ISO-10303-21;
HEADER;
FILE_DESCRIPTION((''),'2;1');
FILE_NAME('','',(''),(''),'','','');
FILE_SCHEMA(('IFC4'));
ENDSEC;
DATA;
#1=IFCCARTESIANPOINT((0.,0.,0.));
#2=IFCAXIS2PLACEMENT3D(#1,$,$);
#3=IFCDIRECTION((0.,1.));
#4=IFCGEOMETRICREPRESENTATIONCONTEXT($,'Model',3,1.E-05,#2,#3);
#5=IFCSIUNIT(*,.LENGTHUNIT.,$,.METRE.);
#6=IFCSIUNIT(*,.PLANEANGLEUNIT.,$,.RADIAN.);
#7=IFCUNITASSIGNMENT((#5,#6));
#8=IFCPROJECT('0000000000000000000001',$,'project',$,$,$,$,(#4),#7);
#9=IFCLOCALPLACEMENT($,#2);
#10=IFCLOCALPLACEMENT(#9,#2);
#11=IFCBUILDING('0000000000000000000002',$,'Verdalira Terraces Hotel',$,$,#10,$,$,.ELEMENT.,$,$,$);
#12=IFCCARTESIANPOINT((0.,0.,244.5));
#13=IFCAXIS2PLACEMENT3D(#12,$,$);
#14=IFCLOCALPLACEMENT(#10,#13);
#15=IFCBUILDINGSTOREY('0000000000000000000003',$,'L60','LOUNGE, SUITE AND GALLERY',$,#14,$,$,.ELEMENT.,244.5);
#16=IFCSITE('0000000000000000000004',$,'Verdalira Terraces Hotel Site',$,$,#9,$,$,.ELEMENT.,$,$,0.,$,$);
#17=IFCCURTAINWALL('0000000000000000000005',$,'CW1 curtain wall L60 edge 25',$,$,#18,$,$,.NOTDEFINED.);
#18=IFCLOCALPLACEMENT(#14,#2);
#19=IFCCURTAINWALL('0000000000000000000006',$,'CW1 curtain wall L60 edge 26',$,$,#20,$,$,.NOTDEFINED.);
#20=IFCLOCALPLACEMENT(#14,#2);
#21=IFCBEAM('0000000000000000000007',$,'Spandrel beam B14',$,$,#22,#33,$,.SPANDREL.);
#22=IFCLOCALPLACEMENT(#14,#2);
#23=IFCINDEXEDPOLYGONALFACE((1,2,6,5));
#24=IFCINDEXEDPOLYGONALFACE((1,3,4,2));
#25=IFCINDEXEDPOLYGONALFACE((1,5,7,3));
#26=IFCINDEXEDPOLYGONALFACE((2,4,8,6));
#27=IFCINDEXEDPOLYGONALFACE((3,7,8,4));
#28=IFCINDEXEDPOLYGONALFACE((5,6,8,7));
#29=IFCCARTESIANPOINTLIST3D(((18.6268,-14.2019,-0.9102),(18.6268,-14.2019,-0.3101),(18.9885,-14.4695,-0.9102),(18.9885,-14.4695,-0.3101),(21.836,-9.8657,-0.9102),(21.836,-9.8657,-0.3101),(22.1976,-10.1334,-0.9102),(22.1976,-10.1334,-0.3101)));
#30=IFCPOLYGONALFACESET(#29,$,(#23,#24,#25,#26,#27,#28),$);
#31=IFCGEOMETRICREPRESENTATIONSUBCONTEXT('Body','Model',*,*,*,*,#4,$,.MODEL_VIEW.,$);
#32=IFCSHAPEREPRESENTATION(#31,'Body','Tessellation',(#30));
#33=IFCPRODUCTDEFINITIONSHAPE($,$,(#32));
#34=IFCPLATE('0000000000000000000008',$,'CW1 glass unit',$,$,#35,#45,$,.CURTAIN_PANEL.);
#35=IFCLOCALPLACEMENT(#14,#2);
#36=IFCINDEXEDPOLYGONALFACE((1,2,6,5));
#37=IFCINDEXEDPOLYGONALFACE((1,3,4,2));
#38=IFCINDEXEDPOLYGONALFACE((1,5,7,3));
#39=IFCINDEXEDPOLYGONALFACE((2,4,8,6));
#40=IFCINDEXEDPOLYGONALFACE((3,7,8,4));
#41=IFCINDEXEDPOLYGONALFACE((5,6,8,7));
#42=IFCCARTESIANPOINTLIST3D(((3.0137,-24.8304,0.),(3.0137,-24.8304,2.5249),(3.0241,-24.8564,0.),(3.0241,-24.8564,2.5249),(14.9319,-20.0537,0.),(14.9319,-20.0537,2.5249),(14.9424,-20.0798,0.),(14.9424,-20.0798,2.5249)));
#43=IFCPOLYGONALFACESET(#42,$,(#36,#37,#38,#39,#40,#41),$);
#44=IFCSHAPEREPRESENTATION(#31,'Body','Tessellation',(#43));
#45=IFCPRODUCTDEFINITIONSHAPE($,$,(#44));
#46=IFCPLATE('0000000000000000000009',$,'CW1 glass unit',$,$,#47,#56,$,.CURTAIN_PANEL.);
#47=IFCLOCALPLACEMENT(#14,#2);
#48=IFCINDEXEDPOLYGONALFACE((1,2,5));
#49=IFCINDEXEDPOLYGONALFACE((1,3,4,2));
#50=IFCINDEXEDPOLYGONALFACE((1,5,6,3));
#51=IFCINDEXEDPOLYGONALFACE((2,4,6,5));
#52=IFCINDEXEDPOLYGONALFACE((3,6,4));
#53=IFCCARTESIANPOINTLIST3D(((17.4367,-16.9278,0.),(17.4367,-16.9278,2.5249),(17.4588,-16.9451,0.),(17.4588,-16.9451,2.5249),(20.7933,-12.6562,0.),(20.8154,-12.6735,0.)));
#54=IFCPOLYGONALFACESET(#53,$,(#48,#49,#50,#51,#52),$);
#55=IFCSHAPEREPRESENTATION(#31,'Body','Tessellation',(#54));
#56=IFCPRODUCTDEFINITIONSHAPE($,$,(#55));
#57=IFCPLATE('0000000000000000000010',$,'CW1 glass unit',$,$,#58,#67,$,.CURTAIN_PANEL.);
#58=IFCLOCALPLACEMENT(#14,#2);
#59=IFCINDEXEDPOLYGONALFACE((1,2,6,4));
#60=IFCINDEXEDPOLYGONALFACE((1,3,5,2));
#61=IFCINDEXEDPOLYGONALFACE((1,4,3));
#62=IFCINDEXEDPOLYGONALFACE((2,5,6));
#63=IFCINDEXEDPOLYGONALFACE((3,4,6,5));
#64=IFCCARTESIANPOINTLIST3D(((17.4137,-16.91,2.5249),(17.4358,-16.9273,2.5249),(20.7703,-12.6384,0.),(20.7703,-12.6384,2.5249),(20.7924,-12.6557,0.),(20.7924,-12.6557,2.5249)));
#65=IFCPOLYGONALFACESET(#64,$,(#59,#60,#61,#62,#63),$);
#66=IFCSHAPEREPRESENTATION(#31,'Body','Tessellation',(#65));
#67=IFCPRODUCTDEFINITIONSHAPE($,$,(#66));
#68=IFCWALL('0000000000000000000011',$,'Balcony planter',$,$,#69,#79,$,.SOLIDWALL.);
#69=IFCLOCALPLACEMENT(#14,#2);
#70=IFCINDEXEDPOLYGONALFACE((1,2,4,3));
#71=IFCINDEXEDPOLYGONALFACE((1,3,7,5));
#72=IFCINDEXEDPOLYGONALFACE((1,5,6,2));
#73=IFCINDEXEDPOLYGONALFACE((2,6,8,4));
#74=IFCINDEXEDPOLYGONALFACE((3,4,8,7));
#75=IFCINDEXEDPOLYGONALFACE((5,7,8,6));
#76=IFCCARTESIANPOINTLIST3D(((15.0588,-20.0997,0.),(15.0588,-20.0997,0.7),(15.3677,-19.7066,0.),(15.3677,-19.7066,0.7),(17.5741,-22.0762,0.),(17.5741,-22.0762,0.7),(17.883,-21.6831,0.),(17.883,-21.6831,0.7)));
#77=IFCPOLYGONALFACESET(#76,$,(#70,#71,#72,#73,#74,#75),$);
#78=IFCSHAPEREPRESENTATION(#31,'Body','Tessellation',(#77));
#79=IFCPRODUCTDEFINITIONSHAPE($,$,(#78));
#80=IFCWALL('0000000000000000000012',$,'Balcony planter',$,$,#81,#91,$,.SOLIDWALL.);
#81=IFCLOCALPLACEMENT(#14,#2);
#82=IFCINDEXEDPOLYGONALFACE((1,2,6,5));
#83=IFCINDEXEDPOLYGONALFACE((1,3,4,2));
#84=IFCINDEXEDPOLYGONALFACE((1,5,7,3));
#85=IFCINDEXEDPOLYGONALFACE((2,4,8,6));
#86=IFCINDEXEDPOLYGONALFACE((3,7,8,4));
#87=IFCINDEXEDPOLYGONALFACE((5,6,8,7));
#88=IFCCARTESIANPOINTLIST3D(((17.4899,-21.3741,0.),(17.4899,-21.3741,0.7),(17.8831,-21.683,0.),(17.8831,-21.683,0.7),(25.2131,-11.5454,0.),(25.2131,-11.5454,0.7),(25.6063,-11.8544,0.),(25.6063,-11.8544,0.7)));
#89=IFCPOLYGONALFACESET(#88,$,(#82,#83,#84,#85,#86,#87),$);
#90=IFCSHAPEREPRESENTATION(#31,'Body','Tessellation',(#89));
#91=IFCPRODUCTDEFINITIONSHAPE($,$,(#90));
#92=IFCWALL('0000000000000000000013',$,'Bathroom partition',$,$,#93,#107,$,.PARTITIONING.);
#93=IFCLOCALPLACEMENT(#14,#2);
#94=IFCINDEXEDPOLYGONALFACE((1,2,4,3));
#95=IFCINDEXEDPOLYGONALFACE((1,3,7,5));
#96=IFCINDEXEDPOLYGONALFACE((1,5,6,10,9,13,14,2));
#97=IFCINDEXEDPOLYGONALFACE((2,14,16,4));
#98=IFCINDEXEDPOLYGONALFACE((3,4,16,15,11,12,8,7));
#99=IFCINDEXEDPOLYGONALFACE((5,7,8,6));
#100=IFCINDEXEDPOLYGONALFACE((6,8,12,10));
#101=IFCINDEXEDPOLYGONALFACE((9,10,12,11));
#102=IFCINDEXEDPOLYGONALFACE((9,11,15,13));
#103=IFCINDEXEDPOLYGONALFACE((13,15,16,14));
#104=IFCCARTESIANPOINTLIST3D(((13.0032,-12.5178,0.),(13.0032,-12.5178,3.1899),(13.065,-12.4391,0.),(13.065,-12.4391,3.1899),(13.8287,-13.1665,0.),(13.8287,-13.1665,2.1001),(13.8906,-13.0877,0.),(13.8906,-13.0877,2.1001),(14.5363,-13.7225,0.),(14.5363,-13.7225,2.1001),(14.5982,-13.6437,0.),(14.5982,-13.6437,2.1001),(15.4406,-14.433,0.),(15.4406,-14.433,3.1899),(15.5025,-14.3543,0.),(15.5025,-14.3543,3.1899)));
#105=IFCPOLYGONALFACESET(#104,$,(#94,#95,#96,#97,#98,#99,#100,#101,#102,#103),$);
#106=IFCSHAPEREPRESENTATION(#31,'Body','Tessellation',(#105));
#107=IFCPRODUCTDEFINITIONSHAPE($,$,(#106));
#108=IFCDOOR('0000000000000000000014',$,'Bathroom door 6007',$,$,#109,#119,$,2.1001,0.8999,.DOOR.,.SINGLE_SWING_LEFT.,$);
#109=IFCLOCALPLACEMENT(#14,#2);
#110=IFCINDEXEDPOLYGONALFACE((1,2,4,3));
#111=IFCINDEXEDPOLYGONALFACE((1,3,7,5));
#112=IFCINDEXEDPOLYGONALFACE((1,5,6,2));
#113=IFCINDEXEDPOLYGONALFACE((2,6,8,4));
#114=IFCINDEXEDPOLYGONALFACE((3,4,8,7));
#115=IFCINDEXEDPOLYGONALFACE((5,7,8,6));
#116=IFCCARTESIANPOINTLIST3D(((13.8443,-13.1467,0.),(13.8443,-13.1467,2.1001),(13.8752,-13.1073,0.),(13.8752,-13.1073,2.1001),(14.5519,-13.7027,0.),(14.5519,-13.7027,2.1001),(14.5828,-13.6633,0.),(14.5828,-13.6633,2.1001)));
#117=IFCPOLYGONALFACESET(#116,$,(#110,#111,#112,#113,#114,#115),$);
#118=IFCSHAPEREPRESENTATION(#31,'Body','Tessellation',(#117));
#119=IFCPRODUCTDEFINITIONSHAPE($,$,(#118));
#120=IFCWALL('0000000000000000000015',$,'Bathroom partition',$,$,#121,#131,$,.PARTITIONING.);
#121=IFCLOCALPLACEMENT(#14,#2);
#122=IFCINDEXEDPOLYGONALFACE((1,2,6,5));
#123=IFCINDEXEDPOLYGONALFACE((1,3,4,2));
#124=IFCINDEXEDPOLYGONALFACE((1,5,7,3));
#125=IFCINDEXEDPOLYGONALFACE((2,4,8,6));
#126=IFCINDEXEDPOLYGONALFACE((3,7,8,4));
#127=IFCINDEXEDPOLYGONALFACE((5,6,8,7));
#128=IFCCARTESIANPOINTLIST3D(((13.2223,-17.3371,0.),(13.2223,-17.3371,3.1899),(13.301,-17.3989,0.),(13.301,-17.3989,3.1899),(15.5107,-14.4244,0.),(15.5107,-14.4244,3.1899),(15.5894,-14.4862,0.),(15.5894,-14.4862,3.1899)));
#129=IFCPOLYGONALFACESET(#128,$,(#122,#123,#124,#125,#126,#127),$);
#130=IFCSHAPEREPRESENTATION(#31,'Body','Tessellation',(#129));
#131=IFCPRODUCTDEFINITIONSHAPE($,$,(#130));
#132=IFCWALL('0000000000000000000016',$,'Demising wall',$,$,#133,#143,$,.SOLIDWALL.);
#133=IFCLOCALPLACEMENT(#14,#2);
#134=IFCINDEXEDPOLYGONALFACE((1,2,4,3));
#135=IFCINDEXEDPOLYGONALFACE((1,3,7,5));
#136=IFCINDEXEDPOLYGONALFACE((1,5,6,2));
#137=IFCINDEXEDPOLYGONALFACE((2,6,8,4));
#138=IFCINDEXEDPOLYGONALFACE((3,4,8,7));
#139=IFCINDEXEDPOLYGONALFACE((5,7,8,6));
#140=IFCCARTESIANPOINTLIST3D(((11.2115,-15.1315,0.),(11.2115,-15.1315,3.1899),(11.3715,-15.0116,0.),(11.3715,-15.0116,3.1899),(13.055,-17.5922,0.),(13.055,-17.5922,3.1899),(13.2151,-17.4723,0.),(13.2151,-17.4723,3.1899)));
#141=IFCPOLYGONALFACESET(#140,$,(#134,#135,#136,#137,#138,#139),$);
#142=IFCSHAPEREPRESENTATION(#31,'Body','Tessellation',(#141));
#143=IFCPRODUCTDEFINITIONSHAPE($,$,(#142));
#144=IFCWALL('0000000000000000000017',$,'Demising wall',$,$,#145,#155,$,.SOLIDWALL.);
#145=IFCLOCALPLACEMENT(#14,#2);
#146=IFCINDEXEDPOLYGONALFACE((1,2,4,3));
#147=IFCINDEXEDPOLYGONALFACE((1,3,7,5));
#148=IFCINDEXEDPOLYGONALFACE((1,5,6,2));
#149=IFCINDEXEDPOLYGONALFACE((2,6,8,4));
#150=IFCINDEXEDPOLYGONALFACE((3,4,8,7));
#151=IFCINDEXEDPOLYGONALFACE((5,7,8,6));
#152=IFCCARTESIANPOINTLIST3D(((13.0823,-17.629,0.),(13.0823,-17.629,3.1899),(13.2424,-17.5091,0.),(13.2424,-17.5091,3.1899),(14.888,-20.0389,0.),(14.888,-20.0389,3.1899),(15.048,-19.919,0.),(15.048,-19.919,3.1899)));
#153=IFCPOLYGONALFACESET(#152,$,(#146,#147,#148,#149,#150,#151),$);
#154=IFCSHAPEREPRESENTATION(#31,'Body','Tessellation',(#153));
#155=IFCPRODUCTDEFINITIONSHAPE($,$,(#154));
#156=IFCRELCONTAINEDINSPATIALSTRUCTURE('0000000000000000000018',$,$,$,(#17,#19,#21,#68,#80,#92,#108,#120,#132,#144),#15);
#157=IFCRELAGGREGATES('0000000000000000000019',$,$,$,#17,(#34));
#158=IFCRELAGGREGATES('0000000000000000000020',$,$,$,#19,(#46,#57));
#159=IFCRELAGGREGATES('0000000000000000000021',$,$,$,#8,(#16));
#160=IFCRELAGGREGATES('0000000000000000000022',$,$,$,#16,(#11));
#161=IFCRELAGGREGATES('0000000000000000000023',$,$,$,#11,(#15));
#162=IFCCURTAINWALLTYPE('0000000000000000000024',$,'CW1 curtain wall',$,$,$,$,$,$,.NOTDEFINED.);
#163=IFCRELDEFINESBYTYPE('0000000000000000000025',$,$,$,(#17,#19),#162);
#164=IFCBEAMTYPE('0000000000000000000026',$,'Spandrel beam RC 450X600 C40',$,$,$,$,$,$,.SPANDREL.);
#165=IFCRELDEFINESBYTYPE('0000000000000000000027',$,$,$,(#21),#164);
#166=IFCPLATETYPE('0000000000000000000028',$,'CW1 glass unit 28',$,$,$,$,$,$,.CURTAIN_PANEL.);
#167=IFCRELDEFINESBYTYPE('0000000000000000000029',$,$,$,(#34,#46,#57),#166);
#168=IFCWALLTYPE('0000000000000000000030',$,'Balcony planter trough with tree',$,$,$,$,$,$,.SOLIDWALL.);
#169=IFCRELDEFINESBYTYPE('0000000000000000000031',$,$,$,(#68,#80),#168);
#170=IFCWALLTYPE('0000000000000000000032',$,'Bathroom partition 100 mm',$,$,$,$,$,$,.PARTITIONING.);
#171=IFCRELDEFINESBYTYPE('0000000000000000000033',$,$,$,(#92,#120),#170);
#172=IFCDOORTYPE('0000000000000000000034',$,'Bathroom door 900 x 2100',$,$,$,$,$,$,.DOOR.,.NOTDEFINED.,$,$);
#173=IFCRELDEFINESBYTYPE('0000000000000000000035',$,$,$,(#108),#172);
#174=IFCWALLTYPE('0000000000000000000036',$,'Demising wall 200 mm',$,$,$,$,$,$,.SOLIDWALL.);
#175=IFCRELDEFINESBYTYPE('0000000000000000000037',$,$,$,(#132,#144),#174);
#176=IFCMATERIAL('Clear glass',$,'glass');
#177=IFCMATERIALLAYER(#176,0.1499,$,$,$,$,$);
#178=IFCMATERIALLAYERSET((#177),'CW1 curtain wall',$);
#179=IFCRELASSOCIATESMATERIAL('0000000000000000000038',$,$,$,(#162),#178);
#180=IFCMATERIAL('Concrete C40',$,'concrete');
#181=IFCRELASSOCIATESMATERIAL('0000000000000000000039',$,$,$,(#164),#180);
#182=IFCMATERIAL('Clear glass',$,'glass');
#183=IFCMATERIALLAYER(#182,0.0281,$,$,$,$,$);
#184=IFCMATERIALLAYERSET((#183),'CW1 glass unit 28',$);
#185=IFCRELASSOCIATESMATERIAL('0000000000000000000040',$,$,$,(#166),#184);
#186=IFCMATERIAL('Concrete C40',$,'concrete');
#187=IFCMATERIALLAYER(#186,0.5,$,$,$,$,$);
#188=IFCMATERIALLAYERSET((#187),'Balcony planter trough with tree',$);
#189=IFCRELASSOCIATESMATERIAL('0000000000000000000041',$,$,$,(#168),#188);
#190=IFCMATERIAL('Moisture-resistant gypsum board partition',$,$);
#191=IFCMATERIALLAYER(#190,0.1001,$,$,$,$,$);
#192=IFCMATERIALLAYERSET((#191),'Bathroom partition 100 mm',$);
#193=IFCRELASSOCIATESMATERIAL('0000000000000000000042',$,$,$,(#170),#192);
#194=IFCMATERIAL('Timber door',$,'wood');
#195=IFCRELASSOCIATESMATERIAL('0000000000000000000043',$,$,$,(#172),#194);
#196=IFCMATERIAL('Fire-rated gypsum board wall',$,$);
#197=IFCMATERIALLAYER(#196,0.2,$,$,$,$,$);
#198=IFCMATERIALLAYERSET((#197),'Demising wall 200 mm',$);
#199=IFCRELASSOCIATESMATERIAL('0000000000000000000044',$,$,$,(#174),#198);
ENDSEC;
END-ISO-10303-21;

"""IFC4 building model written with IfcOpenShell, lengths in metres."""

from ifc_helpers import new_model, si_unit, direction, frame, frame_2d, origin, origin_2d, place, context, subcontext, project, spatial, polyline, rectangle, outline, extrude, material, layer, layer_set, material_profile, profile_set, type_object, element, fill, aggregate, save


model = new_model("IFC4")

# Units and contexts
model_context = context("Model", 3, precision=1e-05, world=origin(), true_north=direction((0.0, 1.0)))
body_context = subcontext(model_context, "Body", "Model", "MODEL_VIEW")
ifc_project = project(units=[si_unit("LENGTHUNIT", "METRE"), si_unit("PLANEANGLEUNIT", "RADIAN")], contexts=[model_context])

# Site, building, storey
site_placement = place(None, origin())
site = spatial("IfcSite", under=ifc_project, at=site_placement, Name="Verdalira Terraces Hotel Site", CompositionType="ELEMENT", RefElevation=0.0)
building_placement = place(site_placement, origin())
building = spatial("IfcBuilding", under=site, at=building_placement, Name="Verdalira Terraces Hotel", CompositionType="ELEMENT")
storey_placement = place(building_placement, frame((0.0, 0.0, 244.5)))
storey = spatial("IfcBuildingStorey", under=building, at=storey_placement, Name="L60", Description="LOUNGE, SUITE AND GALLERY", CompositionType="ELEMENT", Elevation=244.5)

# Curtain wall
ifc_material_1 = material(Name="Clear glass", Category="glass")
ifc_layer_1 = layer(ifc_material_1, 0.1499)
ifc_layer_set_1 = layer_set([ifc_layer_1], Name="CW1 curtain wall")
curtain_wall_type = type_object("IfcCurtainWallType", Name="CW1 curtain wall", PredefinedType="NOTDEFINED", material=ifc_layer_set_1)
curtain_wall_1_placement = place(storey_placement, origin())
curtain_wall_1 = element("IfcCurtainWall", 1, at=curtain_wall_1_placement, inside=storey, type_object=curtain_wall_type, Name="CW1 curtain wall L60 edge 25", PredefinedType="NOTDEFINED")

# Curtain wall
curtain_wall_2_placement = place(storey_placement, origin())
curtain_wall_2 = element("IfcCurtainWall", 2, at=curtain_wall_2_placement, inside=storey, type_object=curtain_wall_type, Name="CW1 curtain wall L60 edge 26", PredefinedType="NOTDEFINED")

# Beam
ifc_material_2 = material(Name="Concrete C40", Category="concrete")
ifc_material_profile_1 = material_profile(ifc_material_2, rectangle(XDim=0.45, YDim=0.6001, at=origin_2d()), Name="RC 450X600")
ifc_profile_set_1 = profile_set([ifc_material_profile_1], Name="Concrete C40")
beam_type_1 = type_object("IfcBeamType", Name="Spandrel beam RC 450X600 C40", PredefinedType="SPANDREL", material=ifc_profile_set_1)
beam_1_placement = place(storey_placement, frame((18.8076, -14.3357, -0.6101), z_axis=(0.594897, 0.803802, 0.0), x_axis=(-0.803802, 0.594897, 0.0)))
element("IfcBeam", 3, at=beam_1_placement, inside=storey, type_object=beam_type_1, Name="Spandrel beam B14", PredefinedType="SPANDREL", context=body_context, shape_type="SweptSolid", body=[
    extrude(rectangle(XDim=0.45, YDim=0.6001, at=origin_2d()), origin(), (0.0, 0.0, 1.0), 5.3945),
])

# Plates
ifc_material_3 = material(Name="Clear glass", Category="glass")
ifc_layer_2 = layer(ifc_material_3, 0.0281)
ifc_layer_set_2 = layer_set([ifc_layer_2], Name="CW1 glass unit 28")
plate_type = type_object("IfcPlateType", Name="CW1 glass unit 28", PredefinedType="CURTAIN_PANEL", material=ifc_layer_set_2)
plate_1_placement = place(storey_placement, frame((8.978, -22.4551, 0.0), z_axis=(0.0, 0.0, 1.0), x_axis=(0.928226, 0.372016, 0.0)))
plate_1 = element("IfcPlate", 4, at=plate_1_placement, type_object=plate_type, Name="CW1 glass unit", PredefinedType="CURTAIN_PANEL", context=body_context, shape_type="SweptSolid", body=[
    extrude(rectangle(XDim=12.8398, YDim=0.0281, at=origin_2d()), origin(), (0.0, 0.0, 1.0), 2.5249),
])
aggregate(curtain_wall_1, [plate_1])
plate_2_placement = place(storey_placement, frame((19.115, -14.792, 1.2625), z_axis=(0.786288, -0.61786, 0.0), x_axis=(0.61786, 0.786288, 0.0)))
plate_2 = element("IfcPlate", 5, at=plate_2_placement, type_object=plate_type, Name="CW1 glass unit", PredefinedType="CURTAIN_PANEL", context=body_context, shape_type="SweptSolid", body=[
    extrude(outline(polyline([(-2.7163, -1.2625), (2.7163, -1.2625), (-2.7163, 1.2625), (-2.7163, -1.2625)])), origin(), (0.0, 0.0, 1.0), 0.0281),
])
plate_3_placement = place(storey_placement, frame((19.092, -14.7742, 1.2625), z_axis=(0.786288, -0.61786, 0.0), x_axis=(0.61786, 0.786288, 0.0)))
plate_3 = element("IfcPlate", 6, at=plate_3_placement, type_object=plate_type, Name="CW1 glass unit", PredefinedType="CURTAIN_PANEL", context=body_context, shape_type="SweptSolid", body=[
    extrude(outline(polyline([(2.7163, -1.2625), (2.7163, 1.2625), (-2.7163, 1.2625), (2.7163, -1.2625)])), origin(), (0.0, 0.0, 1.0), 0.0281),
])
aggregate(curtain_wall_2, [plate_2, plate_3])

# Walls
ifc_material_4 = material(Name="Concrete C40", Category="concrete")
ifc_layer_3 = layer(ifc_material_4, 0.5)
ifc_layer_set_3 = layer_set([ifc_layer_3], Name="Balcony planter trough with tree")
wall_type_1 = type_object("IfcWallType", Name="Balcony planter trough with tree", PredefinedType="SOLIDWALL", material=ifc_layer_set_3)
wall_1_placement = place(storey_placement, frame((15.2131, -19.9031, 0.0), z_axis=(0.0, 0.0, 1.0), x_axis=(0.786289, -0.617859, 0.0)))
element("IfcWall", 7, at=wall_1_placement, inside=storey, type_object=wall_type_1, Name="Balcony planter", PredefinedType="SOLIDWALL", context=body_context, shape_type="SweptSolid", body=[
    extrude(rectangle(XDim=3.199, YDim=0.5, at=frame_2d((1.5996, 0.0))), origin(), (0.0, 0.0, 1.0), 0.7),
])
wall_2_placement = place(storey_placement, frame((17.6865, -21.5286, 0.0), z_axis=(0.0, 0.0, 1.0), x_axis=(0.617854, 0.786293, 0.0)))
element("IfcWall", 8, at=wall_2_placement, inside=storey, type_object=wall_type_1, Name="Balcony planter", PredefinedType="SOLIDWALL", context=body_context, shape_type="SweptSolid", body=[
    extrude(rectangle(XDim=12.5, YDim=0.5, at=frame_2d((6.25, 0.0))), origin(), (0.0, 0.0, 1.0), 0.7),
])

# Wall, opening, door
ifc_material_5 = material(Name="Moisture-resistant gypsum board partition")
ifc_layer_4 = layer(ifc_material_5, 0.1001)
ifc_layer_set_4 = layer_set([ifc_layer_4], Name="Bathroom partition 100 mm")
wall_type_2 = type_object("IfcWallType", Name="Bathroom partition 100 mm", PredefinedType="PARTITIONING", material=ifc_layer_set_4)
wall_3_placement = place(storey_placement, frame((15.4714, -14.3936, 0.0), z_axis=(0.0, 0.0, 1.0), x_axis=(-0.786302, 0.617842, 0.0)))
wall_3 = element("IfcWall", 9, at=wall_3_placement, inside=storey, type_object=wall_type_2, Name="Bathroom partition", PredefinedType="PARTITIONING", context=body_context, shape_type="SweptSolid", body=[
    extrude(rectangle(XDim=3.0999, YDim=0.1001, at=frame_2d((1.5498, 0.0))), origin(), (0.0, 0.0, 1.0), 3.1899),
])
opening_1_placement = place(wall_3_placement, frame((1.1499, 0.0, 0.0)))
opening_1 = element("IfcOpeningElement", 10, at=opening_1_placement, cuts=wall_3, PredefinedType="OPENING", context=body_context, shape_type="SweptSolid", body=[
    extrude(rectangle(XDim=0.8999, YDim=2.1001, at=frame_2d((0.45, 1.05))), frame((0.0, 0.0601, 0.0), z_axis=(0.0, -1.0, 0.0), x_axis=(1.0, 0.0, 0.0)), (0.0, 0.0, 1.0), 0.1201),
])
ifc_material_6 = material(Name="Timber door", Category="wood")
door_type_1 = type_object("IfcDoorType", Name="Bathroom door 900 x 2100", OperationType="NOTDEFINED", PredefinedType="DOOR", material=ifc_material_6)
door_1_placement = place(opening_1_placement, origin())
door_1 = element("IfcDoor", 11, at=door_1_placement, inside=storey, type_object=door_type_1, Name="Bathroom door 6007", OperationType="SINGLE_SWING_LEFT", OverallHeight=2.1001, OverallWidth=0.8999, PredefinedType="DOOR", context=body_context, shape_type="SweptSolid", body=[
    extrude(rectangle(XDim=0.8999, YDim=2.1001, at=frame_2d((0.45, 1.05))), frame((0.0, 0.0249, 0.0), z_axis=(0.0, -1.0, 0.0), x_axis=(1.0, 0.0, 0.0)), (0.0, 0.0, 1.0), 0.05),
])
fill(opening_1, door_1)

# Walls
wall_4_placement = place(storey_placement, frame((15.55, -14.4553, 0.0), z_axis=(0.0, 0.0, 1.0), x_axis=(-0.617798, -0.786337, 0.0)))
element("IfcWall", 12, at=wall_4_placement, inside=storey, type_object=wall_type_2, Name="Bathroom partition", PredefinedType="PARTITIONING", context=body_context, shape_type="SweptSolid", body=[
    extrude(rectangle(XDim=3.7041, YDim=0.1001, at=frame_2d((1.8521, 0.0))), origin(), (0.0, 0.0, 1.0), 3.1899),
])
ifc_material_7 = material(Name="Fire-rated gypsum board wall")
ifc_layer_5 = layer(ifc_material_7, 0.2)
ifc_layer_set_5 = layer_set([ifc_layer_5], Name="Demising wall 200 mm")
wall_type_3 = type_object("IfcWallType", Name="Demising wall 200 mm", PredefinedType="SOLIDWALL", material=ifc_layer_set_5)
wall_5_placement = place(storey_placement, frame((11.2915, -15.0715, 0.0), z_axis=(0.0, 0.0, 1.0), x_axis=(0.599581, -0.800314, 0.0)))
element("IfcWall", 13, at=wall_5_placement, inside=storey, type_object=wall_type_3, Name="Demising wall", PredefinedType="SOLIDWALL", context=body_context, shape_type="SweptSolid", body=[
    extrude(rectangle(XDim=3.0747, YDim=0.2, at=frame_2d((1.5374, 0.0))), origin(), (0.0, 0.0, 1.0), 3.1899),
])
wall_6_placement = place(storey_placement, frame((13.1624, -17.5691, 0.0), z_axis=(0.0, 0.0, 1.0), x_axis=(0.599624, -0.800282, 0.0)))
element("IfcWall", 14, at=wall_6_placement, inside=storey, type_object=wall_type_3, Name="Demising wall", PredefinedType="SOLIDWALL", context=body_context, shape_type="SweptSolid", body=[
    extrude(rectangle(XDim=3.0112, YDim=0.2, at=frame_2d((1.5056, 0.0))), origin(), (0.0, 0.0, 1.0), 3.1899),
])

save(model, "model.ifc")
